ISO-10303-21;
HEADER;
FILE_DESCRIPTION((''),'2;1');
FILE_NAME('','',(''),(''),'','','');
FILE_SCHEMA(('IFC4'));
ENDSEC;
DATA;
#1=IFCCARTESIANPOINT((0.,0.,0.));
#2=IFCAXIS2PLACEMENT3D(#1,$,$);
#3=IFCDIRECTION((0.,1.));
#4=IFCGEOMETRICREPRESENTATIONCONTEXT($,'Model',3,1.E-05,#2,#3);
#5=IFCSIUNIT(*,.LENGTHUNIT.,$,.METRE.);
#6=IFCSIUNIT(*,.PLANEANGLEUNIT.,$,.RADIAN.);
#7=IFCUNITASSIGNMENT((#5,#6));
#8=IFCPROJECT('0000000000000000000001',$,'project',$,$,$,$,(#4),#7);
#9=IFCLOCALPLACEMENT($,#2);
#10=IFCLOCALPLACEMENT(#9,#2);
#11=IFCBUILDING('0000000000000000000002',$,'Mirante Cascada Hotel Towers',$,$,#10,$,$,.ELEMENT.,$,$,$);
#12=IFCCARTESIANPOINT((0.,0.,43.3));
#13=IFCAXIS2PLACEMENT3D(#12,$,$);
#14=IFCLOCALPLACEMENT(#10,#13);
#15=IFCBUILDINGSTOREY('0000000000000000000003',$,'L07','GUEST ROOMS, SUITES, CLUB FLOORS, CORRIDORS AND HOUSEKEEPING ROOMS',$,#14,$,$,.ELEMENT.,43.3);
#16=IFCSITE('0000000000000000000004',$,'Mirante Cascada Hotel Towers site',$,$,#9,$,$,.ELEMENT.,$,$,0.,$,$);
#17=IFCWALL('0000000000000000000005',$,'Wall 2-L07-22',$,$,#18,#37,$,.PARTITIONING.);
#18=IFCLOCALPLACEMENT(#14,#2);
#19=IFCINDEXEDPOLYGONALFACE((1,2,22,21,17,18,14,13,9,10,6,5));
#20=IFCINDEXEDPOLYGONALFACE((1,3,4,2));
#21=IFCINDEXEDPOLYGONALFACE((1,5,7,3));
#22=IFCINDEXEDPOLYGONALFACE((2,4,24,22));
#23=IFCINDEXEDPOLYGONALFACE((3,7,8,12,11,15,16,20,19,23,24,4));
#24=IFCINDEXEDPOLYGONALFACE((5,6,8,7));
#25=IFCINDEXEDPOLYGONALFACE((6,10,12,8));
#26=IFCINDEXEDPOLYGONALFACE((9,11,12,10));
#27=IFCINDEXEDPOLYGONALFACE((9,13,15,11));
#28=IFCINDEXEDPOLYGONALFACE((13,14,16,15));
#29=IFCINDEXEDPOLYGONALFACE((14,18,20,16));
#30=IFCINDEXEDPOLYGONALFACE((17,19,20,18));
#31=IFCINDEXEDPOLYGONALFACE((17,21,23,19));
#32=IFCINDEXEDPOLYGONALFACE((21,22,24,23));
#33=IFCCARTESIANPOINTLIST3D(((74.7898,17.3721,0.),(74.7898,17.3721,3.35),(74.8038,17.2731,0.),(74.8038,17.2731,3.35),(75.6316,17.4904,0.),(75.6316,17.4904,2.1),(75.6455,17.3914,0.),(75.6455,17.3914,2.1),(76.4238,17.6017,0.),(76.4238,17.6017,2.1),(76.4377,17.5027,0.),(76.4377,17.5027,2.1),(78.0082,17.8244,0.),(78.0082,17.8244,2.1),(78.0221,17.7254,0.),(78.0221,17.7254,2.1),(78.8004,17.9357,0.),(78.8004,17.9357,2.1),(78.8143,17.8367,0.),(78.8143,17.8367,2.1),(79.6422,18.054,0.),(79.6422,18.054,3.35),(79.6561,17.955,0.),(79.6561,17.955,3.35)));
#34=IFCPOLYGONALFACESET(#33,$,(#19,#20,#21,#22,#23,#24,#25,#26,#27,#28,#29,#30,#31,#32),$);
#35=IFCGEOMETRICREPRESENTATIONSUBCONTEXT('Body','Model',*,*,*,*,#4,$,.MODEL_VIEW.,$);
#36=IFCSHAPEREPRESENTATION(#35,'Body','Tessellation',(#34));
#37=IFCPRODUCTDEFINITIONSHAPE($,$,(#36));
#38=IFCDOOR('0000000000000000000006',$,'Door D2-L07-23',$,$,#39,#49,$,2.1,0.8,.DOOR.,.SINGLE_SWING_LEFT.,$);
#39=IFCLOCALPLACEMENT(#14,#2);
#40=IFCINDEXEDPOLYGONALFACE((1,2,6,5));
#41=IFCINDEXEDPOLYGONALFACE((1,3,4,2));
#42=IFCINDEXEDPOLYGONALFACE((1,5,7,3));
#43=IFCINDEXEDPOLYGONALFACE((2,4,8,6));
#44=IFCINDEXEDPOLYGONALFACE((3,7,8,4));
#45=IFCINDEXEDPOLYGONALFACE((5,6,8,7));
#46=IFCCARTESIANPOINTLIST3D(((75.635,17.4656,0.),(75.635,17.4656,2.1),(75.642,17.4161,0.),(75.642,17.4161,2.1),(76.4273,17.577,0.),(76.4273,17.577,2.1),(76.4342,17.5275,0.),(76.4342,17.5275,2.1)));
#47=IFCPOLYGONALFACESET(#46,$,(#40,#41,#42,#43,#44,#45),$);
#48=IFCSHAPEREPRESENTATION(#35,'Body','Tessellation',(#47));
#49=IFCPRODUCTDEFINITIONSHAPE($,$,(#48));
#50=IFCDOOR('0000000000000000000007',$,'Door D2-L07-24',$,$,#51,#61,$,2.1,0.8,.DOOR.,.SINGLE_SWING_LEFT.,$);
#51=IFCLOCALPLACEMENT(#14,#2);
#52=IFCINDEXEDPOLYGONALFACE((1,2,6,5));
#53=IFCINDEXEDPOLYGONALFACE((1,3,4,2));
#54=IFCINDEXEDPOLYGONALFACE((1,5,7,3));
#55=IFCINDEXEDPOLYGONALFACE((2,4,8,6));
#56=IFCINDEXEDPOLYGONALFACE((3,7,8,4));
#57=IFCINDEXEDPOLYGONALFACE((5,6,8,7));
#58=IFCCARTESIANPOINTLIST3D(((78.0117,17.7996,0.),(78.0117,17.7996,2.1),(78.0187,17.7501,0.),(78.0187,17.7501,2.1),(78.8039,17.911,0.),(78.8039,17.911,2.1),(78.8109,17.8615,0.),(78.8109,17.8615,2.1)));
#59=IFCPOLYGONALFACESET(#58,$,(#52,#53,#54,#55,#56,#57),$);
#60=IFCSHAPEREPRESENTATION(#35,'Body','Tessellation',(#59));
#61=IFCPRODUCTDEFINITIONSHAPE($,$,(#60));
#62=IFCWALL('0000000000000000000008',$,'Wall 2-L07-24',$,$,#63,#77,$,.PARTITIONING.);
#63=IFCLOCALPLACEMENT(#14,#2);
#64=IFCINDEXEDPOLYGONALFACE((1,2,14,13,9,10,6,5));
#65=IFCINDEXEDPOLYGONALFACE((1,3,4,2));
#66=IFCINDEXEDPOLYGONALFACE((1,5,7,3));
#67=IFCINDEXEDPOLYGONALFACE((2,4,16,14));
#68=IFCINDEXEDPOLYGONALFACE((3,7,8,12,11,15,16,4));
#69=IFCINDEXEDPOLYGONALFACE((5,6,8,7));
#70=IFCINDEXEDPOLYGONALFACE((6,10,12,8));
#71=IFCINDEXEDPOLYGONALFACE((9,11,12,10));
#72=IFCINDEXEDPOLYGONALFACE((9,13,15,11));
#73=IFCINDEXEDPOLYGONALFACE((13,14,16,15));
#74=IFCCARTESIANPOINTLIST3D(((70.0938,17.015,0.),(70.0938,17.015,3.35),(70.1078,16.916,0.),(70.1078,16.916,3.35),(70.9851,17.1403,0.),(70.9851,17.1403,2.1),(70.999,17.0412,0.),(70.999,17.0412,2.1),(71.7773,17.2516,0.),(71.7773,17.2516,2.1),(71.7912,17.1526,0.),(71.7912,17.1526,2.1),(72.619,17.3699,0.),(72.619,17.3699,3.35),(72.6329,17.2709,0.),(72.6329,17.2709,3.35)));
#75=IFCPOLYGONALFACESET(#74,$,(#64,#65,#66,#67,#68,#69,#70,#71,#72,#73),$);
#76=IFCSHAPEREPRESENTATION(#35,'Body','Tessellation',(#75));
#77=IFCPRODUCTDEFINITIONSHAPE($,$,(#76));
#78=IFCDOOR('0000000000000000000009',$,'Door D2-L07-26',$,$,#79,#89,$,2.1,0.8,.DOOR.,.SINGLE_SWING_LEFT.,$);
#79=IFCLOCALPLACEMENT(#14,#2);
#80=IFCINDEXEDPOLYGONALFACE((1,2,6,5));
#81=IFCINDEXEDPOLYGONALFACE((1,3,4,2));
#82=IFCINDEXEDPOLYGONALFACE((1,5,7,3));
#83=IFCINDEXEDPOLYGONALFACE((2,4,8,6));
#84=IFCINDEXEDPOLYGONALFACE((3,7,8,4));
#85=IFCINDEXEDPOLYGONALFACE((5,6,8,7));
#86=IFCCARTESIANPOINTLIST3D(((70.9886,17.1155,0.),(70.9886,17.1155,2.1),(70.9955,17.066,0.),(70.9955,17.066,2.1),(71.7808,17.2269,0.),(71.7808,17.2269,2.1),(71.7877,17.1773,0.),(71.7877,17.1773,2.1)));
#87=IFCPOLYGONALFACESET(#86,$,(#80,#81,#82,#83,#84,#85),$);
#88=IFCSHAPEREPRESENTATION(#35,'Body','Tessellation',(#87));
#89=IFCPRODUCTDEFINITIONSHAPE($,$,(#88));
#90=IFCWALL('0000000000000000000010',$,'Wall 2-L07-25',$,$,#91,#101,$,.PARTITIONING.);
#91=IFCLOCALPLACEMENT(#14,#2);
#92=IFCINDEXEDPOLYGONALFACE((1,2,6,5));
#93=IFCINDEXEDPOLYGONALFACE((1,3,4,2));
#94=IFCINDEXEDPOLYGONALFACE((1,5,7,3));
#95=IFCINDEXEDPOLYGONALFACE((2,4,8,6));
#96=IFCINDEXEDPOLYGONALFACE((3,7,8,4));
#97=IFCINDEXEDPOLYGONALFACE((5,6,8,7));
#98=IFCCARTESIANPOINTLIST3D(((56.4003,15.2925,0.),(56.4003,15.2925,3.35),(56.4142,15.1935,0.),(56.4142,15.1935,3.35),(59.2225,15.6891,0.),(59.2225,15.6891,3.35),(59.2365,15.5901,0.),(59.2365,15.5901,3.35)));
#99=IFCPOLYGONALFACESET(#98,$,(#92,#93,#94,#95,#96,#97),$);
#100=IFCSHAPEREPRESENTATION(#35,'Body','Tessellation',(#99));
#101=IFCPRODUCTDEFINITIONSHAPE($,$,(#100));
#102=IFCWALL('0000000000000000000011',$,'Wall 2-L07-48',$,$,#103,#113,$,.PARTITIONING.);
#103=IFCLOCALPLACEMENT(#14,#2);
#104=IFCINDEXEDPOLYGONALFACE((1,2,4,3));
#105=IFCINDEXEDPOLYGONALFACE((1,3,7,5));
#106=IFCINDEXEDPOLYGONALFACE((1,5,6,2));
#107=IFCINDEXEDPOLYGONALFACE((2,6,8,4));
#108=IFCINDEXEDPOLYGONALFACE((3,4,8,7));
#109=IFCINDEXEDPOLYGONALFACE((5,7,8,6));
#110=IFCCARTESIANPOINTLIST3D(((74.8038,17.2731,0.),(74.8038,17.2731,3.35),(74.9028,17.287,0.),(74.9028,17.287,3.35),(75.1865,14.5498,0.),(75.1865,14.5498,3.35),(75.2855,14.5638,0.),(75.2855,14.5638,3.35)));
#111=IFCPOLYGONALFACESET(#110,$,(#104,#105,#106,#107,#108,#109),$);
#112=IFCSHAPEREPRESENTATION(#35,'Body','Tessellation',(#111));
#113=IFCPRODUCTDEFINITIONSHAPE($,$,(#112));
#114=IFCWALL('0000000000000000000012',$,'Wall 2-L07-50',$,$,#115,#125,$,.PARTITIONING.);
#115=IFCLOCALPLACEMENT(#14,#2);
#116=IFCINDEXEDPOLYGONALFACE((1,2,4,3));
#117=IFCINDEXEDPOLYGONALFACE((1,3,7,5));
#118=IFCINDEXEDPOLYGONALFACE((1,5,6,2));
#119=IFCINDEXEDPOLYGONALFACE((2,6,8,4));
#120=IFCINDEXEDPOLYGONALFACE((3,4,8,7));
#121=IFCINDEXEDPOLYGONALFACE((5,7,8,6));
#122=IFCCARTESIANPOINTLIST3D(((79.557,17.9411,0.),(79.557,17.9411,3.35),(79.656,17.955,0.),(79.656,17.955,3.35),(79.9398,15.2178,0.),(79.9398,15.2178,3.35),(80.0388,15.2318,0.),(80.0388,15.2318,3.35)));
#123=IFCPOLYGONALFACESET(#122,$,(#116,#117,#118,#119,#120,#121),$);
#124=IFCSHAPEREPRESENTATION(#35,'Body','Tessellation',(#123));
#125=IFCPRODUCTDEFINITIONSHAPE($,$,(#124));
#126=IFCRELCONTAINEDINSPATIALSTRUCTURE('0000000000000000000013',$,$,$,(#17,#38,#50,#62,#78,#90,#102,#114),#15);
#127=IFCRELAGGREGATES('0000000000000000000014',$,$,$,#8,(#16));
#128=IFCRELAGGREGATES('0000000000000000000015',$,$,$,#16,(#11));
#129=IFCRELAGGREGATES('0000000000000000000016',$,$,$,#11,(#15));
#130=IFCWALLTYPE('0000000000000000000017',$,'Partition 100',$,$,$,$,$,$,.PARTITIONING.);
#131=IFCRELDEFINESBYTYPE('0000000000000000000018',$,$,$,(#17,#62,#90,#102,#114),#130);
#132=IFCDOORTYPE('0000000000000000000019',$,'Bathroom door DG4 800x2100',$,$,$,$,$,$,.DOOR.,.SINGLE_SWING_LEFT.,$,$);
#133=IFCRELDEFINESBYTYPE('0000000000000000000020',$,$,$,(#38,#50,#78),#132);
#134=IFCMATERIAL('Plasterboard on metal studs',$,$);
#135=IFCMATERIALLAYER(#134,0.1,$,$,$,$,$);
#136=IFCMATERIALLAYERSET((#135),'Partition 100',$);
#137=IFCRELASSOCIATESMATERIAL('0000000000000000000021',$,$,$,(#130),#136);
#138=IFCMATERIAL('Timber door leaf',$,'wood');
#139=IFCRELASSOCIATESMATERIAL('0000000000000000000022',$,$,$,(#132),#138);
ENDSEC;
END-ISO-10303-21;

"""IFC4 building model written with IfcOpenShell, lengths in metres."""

from ifc_helpers import new_model, si_unit, direction, frame, frame_2d, origin, place, context, subcontext, project, spatial, rectangle, extrude, material, layer, layer_set, type_object, element, fill, save


model = new_model("IFC4")

# Units and contexts
model_context = context("Model", 3, precision=1e-05, world=origin(), true_north=direction((0.0, 1.0)))
body_context = subcontext(model_context, "Body", "Model", "MODEL_VIEW")
ifc_project = project(units=[si_unit("LENGTHUNIT", "METRE"), si_unit("PLANEANGLEUNIT", "RADIAN")], contexts=[model_context])

# Site, building, storey
site_placement = place(None, origin())
site = spatial("IfcSite", under=ifc_project, at=site_placement, Name="Mirante Cascada Hotel Towers site", CompositionType="ELEMENT", RefElevation=0.0)
building_placement = place(site_placement, origin())
building = spatial("IfcBuilding", under=site, at=building_placement, Name="Mirante Cascada Hotel Towers", CompositionType="ELEMENT")
storey_placement = place(building_placement, frame((0.0, 0.0, 43.3)))
storey = spatial("IfcBuildingStorey", under=building, at=storey_placement, Name="L07", Description="GUEST ROOMS, SUITES, CLUB FLOORS, CORRIDORS AND HOUSEKEEPING ROOMS", CompositionType="ELEMENT", Elevation=43.3)

# Shared definitions
ifc_material_1 = material(Name="Plasterboard on metal studs")
ifc_layer_1 = layer(ifc_material_1, 0.1)
ifc_layer_set_1 = layer_set([ifc_layer_1], Name="Partition 100")
wall_type_1 = type_object("IfcWallType", Name="Partition 100", PredefinedType="PARTITIONING", material=ifc_layer_set_1)
ifc_material_2 = material(Name="Timber door leaf", Category="wood")
door_type = type_object("IfcDoorType", Name="Bathroom door DG4 800x2100", OperationType="SINGLE_SWING_LEFT", PredefinedType="DOOR", material=ifc_material_2)

# Wall, openings, doors
wall_1_placement = place(storey_placement, frame((74.7968, 17.3226, 0.0), z_axis=(0.0, 0.0, 1.0), x_axis=(0.990269, 0.139164, 0.0)))
wall_1 = element("IfcWall", 1, at=wall_1_placement, inside=storey, type_object=wall_type_1, Name="Wall 2-L07-22", PredefinedType="PARTITIONING", context=body_context, shape_type="SweptSolid", body=[
    extrude(rectangle(XDim=4.9, YDim=0.1, at=frame_2d((2.45, 0.0))), origin(), (0.0, 0.0, 1.0), 3.35),
])
opening_1_placement = place(wall_1_placement, frame((0.85, 0.0, 0.0)))
opening_1 = element("IfcOpeningElement", 2, at=opening_1_placement, cuts=wall_1, PredefinedType="OPENING", context=body_context, shape_type="SweptSolid", body=[
    extrude(rectangle(XDim=0.8, YDim=2.1, at=frame_2d((0.4, 1.05))), frame((0.0, 0.05, 0.0), z_axis=(0.0, -1.0, 0.0), x_axis=(1.0, 0.0, 0.0)), (0.0, 0.0, 1.0), 0.1),
])
opening_2_placement = place(wall_1_placement, frame((3.25, 0.0, 0.0)))
opening_2 = element("IfcOpeningElement", 3, at=opening_2_placement, cuts=wall_1, PredefinedType="OPENING", context=body_context, shape_type="SweptSolid", body=[
    extrude(rectangle(XDim=0.8, YDim=2.1, at=frame_2d((0.4, 1.05))), frame((0.0, 0.05, 0.0), z_axis=(0.0, -1.0, 0.0), x_axis=(1.0, 0.0, 0.0)), (0.0, 0.0, 1.0), 0.1),
])
door_1_placement = place(opening_1_placement, origin())
door_1 = element("IfcDoor", 4, at=door_1_placement, inside=storey, type_object=door_type, Name="Door D2-L07-23", OperationType="SINGLE_SWING_LEFT", OverallHeight=2.1, OverallWidth=0.8, PredefinedType="DOOR", context=body_context, shape_type="SweptSolid", body=[
    extrude(rectangle(XDim=0.8, YDim=2.1, at=frame_2d((0.4, 1.05))), frame((0.0, 0.025, 0.0), z_axis=(0.0, -1.0, 0.0), x_axis=(1.0, 0.0, 0.0)), (0.0, 0.0, 1.0), 0.05),
])
fill(opening_1, door_1)
door_2_placement = place(opening_2_placement, origin())
door_2 = element("IfcDoor", 5, at=door_2_placement, inside=storey, type_object=door_type, Name="Door D2-L07-24", OperationType="SINGLE_SWING_LEFT", OverallHeight=2.1, OverallWidth=0.8, PredefinedType="DOOR", context=body_context, shape_type="SweptSolid", body=[
    extrude(rectangle(XDim=0.8, YDim=2.1, at=frame_2d((0.4, 1.05))), frame((0.0, 0.025, 0.0), z_axis=(0.0, -1.0, 0.0), x_axis=(1.0, 0.0, 0.0)), (0.0, 0.0, 1.0), 0.05),
])
fill(opening_2, door_2)

# Wall, opening, door
wall_2_placement = place(storey_placement, frame((70.1008, 16.9655, 0.0), z_axis=(0.0, 0.0, 1.0), x_axis=(0.990268, 0.139176, 0.0)))
wall_2 = element("IfcWall", 6, at=wall_2_placement, inside=storey, type_object=wall_type_1, Name="Wall 2-L07-24", PredefinedType="PARTITIONING", context=body_context, shape_type="SweptSolid", body=[
    extrude(rectangle(XDim=2.55, YDim=0.1, at=frame_2d((1.275, 0.0))), origin(), (0.0, 0.0, 1.0), 3.35),
])
opening_3_placement = place(wall_2_placement, frame((0.9, 0.0, 0.0)))
opening_3 = element("IfcOpeningElement", 7, at=opening_3_placement, cuts=wall_2, PredefinedType="OPENING", context=body_context, shape_type="SweptSolid", body=[
    extrude(rectangle(XDim=0.8, YDim=2.1, at=frame_2d((0.4, 1.05))), frame((0.0, 0.05, 0.0), z_axis=(0.0, -1.0, 0.0), x_axis=(1.0, 0.0, 0.0)), (0.0, 0.0, 1.0), 0.1),
])
door_3_placement = place(opening_3_placement, origin())
door_3 = element("IfcDoor", 8, at=door_3_placement, inside=storey, type_object=door_type, Name="Door D2-L07-26", OperationType="SINGLE_SWING_LEFT", OverallHeight=2.1, OverallWidth=0.8, PredefinedType="DOOR", context=body_context, shape_type="SweptSolid", body=[
    extrude(rectangle(XDim=0.8, YDim=2.1, at=frame_2d((0.4, 1.05))), frame((0.0, 0.025, 0.0), z_axis=(0.0, -1.0, 0.0), x_axis=(1.0, 0.0, 0.0)), (0.0, 0.0, 1.0), 0.05),
])
fill(opening_3, door_3)

# Walls
wall_3_placement = place(storey_placement, frame((59.2295, 15.6396, 0.0), z_axis=(0.0, 0.0, 1.0), x_axis=(-0.99027, -0.139156, 0.0)))
element("IfcWall", 9, at=wall_3_placement, inside=storey, type_object=wall_type_1, Name="Wall 2-L07-25", PredefinedType="PARTITIONING", context=body_context, shape_type="SweptSolid", body=[
    extrude(rectangle(XDim=2.85, YDim=0.1, at=frame_2d((1.425, 0.0))), origin(), (0.0, 0.0, 1.0), 3.35),
])
for number, where, z_axis, x_axis, name in (
    (10, (75.236, 14.5568, 0.0), (0.0, 0.0, 1.0), (-0.139166, 0.990269, 0.0), "Wall 2-L07-48"),
    (11, (79.9893, 15.2248, 0.0), (0.0, 0.0, 1.0), (-0.139201, 0.990264, 0.0), "Wall 2-L07-50"),
):
    element("IfcWall", number, at=place(storey_placement, frame(where, z_axis=z_axis, x_axis=x_axis)), inside=storey, type_object=wall_type_1, Name=name, PredefinedType="PARTITIONING", context=body_context, shape_type="SweptSolid", body=[
        extrude(rectangle(XDim=2.75, YDim=0.1, at=frame_2d((1.375, 0.0))), origin(), (0.0, 0.0, 1.0), 3.35),
    ])

save(model, "model.ifc")
